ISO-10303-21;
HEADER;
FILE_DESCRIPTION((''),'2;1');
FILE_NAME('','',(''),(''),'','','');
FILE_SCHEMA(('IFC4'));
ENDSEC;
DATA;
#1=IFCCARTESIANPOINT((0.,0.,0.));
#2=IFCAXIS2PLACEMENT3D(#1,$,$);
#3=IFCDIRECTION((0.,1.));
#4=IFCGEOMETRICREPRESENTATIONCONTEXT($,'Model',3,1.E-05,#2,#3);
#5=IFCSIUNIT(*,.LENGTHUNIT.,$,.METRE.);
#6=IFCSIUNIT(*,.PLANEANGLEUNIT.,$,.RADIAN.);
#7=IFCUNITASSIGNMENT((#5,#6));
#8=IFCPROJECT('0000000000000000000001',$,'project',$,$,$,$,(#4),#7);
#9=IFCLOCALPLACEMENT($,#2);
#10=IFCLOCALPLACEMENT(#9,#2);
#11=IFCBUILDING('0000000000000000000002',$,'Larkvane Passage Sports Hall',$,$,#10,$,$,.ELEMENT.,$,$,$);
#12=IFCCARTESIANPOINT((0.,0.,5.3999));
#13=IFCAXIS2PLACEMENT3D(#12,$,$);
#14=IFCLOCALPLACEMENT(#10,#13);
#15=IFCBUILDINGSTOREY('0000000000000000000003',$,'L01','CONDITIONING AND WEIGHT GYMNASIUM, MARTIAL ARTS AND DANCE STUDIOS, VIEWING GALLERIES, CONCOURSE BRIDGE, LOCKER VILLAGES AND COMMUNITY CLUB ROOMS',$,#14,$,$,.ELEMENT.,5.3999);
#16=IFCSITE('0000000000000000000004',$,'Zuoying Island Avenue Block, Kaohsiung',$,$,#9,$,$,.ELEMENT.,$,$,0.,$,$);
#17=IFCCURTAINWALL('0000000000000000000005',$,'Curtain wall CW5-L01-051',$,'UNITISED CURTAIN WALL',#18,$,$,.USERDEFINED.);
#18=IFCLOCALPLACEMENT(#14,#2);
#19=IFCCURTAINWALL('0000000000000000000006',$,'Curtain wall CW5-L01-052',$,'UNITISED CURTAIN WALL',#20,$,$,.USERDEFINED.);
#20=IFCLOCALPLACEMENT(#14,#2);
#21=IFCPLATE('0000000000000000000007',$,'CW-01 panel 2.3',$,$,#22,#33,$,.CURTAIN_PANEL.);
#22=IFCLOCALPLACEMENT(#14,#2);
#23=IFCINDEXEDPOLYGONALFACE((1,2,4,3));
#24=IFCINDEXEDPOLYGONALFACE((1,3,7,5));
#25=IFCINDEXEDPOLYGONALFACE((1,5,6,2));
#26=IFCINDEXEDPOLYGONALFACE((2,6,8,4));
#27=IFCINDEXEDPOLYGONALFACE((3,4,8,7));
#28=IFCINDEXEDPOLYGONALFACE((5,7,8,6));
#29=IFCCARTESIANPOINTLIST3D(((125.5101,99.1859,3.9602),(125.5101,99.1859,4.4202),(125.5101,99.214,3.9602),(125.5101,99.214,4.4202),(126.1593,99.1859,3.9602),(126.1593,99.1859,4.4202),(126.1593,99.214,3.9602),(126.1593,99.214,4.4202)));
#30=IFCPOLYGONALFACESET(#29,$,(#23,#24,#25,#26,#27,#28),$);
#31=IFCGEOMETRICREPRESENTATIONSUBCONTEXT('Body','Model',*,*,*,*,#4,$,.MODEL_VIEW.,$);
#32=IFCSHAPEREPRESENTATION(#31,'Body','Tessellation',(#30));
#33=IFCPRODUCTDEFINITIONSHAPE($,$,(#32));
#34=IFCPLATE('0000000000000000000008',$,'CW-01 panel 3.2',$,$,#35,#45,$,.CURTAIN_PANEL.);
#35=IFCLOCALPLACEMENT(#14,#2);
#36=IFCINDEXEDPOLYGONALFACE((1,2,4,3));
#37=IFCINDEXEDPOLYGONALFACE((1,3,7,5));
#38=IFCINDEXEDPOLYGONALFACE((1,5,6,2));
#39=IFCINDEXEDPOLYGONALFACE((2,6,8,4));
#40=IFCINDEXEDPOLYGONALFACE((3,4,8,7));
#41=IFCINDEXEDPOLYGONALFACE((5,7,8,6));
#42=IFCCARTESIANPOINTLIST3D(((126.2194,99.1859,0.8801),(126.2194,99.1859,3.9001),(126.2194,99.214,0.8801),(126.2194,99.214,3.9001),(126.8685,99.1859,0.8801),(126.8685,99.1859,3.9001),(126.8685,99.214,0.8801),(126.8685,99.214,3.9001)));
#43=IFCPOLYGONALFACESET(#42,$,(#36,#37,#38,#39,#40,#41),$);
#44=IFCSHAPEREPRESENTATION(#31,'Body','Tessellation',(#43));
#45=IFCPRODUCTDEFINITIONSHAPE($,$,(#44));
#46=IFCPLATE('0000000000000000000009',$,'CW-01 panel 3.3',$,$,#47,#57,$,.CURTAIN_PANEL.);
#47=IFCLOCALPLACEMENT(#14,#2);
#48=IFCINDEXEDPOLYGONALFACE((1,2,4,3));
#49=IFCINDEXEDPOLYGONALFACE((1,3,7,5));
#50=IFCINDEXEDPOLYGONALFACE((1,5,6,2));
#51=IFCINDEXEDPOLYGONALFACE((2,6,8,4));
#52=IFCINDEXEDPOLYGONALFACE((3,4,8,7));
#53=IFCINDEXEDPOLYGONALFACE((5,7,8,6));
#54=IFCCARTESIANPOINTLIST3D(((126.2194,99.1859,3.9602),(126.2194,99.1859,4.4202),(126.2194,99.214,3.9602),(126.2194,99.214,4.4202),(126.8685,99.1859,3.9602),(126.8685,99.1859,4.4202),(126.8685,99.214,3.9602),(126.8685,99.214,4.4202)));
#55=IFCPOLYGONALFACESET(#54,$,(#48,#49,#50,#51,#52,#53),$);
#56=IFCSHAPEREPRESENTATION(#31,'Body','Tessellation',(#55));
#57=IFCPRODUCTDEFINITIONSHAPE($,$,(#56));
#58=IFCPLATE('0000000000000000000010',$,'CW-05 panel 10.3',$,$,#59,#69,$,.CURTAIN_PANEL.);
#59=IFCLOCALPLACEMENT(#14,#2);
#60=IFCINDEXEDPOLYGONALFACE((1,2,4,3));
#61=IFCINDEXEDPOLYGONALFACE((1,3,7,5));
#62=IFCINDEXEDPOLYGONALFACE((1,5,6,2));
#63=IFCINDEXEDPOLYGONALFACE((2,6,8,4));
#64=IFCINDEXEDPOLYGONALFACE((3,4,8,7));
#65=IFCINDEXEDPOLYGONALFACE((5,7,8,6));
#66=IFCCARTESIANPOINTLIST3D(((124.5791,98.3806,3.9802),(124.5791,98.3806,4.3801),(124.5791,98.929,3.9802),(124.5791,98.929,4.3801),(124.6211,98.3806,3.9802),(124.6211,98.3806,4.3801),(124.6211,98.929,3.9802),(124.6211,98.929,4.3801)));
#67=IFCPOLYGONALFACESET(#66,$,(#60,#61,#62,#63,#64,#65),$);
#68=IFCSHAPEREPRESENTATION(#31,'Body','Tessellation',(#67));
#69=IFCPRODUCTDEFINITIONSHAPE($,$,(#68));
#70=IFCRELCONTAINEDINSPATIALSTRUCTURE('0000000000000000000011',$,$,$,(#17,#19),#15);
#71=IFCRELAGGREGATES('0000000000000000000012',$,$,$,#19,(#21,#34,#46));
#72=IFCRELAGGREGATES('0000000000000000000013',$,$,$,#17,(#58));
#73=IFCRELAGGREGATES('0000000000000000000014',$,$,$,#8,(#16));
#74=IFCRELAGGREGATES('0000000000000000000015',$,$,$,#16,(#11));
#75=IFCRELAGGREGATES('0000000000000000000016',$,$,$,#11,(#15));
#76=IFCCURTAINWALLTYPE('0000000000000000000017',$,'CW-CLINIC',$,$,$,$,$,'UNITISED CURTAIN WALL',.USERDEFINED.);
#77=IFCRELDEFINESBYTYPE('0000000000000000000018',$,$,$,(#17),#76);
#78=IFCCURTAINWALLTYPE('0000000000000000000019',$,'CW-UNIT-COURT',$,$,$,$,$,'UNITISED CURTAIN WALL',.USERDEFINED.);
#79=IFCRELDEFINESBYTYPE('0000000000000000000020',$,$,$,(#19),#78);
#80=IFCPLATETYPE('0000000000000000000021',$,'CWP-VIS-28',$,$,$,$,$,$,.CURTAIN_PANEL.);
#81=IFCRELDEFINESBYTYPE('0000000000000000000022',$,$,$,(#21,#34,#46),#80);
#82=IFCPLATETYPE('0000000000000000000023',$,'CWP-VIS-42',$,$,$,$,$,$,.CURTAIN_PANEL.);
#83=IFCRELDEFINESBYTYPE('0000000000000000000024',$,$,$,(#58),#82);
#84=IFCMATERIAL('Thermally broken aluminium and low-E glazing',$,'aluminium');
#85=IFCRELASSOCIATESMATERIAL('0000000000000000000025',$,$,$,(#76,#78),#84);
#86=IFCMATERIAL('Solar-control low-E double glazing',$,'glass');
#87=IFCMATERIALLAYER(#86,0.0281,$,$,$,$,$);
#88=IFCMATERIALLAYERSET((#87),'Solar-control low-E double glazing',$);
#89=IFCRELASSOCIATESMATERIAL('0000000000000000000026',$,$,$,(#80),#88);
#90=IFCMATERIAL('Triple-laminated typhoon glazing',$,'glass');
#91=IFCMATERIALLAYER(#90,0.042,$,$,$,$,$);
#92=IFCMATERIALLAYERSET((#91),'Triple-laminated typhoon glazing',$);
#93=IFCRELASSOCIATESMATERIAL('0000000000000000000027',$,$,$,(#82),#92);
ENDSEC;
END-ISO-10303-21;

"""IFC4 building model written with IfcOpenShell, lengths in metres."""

from ifc_helpers import new_model, si_unit, direction, frame, origin, origin_2d, place, context, subcontext, project, spatial, rectangle, extrude, material, layer, layer_set, type_object, element, aggregate, save


model = new_model("IFC4")

# Units and contexts
model_context = context("Model", 3, precision=1e-05, world=origin(), true_north=direction((0.0, 1.0)))
body_context = subcontext(model_context, "Body", "Model", "MODEL_VIEW")
ifc_project = project(units=[si_unit("LENGTHUNIT", "METRE"), si_unit("PLANEANGLEUNIT", "RADIAN")], contexts=[model_context])

# Site, building, storey
site_placement = place(None, origin())
site = spatial("IfcSite", under=ifc_project, at=site_placement, Name="Zuoying Island Avenue Block, Kaohsiung", CompositionType="ELEMENT", RefElevation=0.0)
building_placement = place(site_placement, origin())
building = spatial("IfcBuilding", under=site, at=building_placement, Name="Larkvane Passage Sports Hall", CompositionType="ELEMENT")
storey_placement = place(building_placement, frame((0.0, 0.0, 5.3999)))
storey = spatial("IfcBuildingStorey", under=building, at=storey_placement, Name="L01", Description="CONDITIONING AND WEIGHT GYMNASIUM, MARTIAL ARTS AND DANCE STUDIOS, VIEWING GALLERIES, CONCOURSE BRIDGE, LOCKER VILLAGES AND COMMUNITY CLUB ROOMS", CompositionType="ELEMENT", Elevation=5.3999)

# Curtain wall
ifc_material_1 = material(Name="Thermally broken aluminium and low-E glazing", Category="aluminium")
curtain_wall_type_1 = type_object("IfcCurtainWallType", Name="CW-CLINIC", ElementType="UNITISED CURTAIN WALL", PredefinedType="USERDEFINED", material=ifc_material_1)
curtain_wall_1_placement = place(storey_placement, origin())
curtain_wall_1 = element("IfcCurtainWall", 1, at=curtain_wall_1_placement, inside=storey, type_object=curtain_wall_type_1, Name="Curtain wall CW5-L01-051", ObjectType="UNITISED CURTAIN WALL", PredefinedType="USERDEFINED")

# Curtain wall
curtain_wall_type_2 = type_object("IfcCurtainWallType", Name="CW-UNIT-COURT", ElementType="UNITISED CURTAIN WALL", PredefinedType="USERDEFINED", material=ifc_material_1)
curtain_wall_2_placement = place(storey_placement, origin())
curtain_wall_2 = element("IfcCurtainWall", 2, at=curtain_wall_2_placement, inside=storey, type_object=curtain_wall_type_2, Name="Curtain wall CW5-L01-052", ObjectType="UNITISED CURTAIN WALL", PredefinedType="USERDEFINED")

# Plates
ifc_material_2 = material(Name="Solar-control low-E double glazing", Category="glass")
ifc_layer_1 = layer(ifc_material_2, 0.0281)
ifc_layer_set_1 = layer_set([ifc_layer_1], Name="Solar-control low-E double glazing")
plate_type_1 = type_object("IfcPlateType", Name="CWP-VIS-28", PredefinedType="CURTAIN_PANEL", material=ifc_layer_set_1)
plate_1_placement = place(storey_placement, frame((125.8347, 99.2, 3.9602), z_axis=(0.0, 0.0, 1.0), x_axis=(1.0, 0.0, 0.0)))
plate_1 = element("IfcPlate", 3, at=plate_1_placement, type_object=plate_type_1, Name="CW-01 panel 2.3", PredefinedType="CURTAIN_PANEL", context=body_context, shape_type="SweptSolid", body=[
    extrude(rectangle(XDim=0.6492, YDim=0.0281, at=origin_2d()), origin(), (0.0, 0.0, 1.0), 0.46),
])
plate_2_placement = place(storey_placement, frame((126.5439, 99.2, 0.8801), z_axis=(0.0, 0.0, 1.0), x_axis=(1.0, 0.0, 0.0)))
plate_2 = element("IfcPlate", 4, at=plate_2_placement, type_object=plate_type_1, Name="CW-01 panel 3.2", PredefinedType="CURTAIN_PANEL", context=body_context, shape_type="SweptSolid", body=[
    extrude(rectangle(XDim=0.6492, YDim=0.0281, at=origin_2d()), origin(), (0.0, 0.0, 1.0), 3.02),
])
plate_3_placement = place(storey_placement, frame((126.5439, 99.2, 3.9602), z_axis=(0.0, 0.0, 1.0), x_axis=(1.0, 0.0, 0.0)))
plate_3 = element("IfcPlate", 5, at=plate_3_placement, type_object=plate_type_1, Name="CW-01 panel 3.3", PredefinedType="CURTAIN_PANEL", context=body_context, shape_type="SweptSolid", body=[
    extrude(rectangle(XDim=0.6492, YDim=0.0281, at=origin_2d()), origin(), (0.0, 0.0, 1.0), 0.46),
])
aggregate(curtain_wall_2, [plate_1, plate_2, plate_3])
ifc_material_3 = material(Name="Triple-laminated typhoon glazing", Category="glass")
ifc_layer_2 = layer(ifc_material_3, 0.042)
ifc_layer_set_2 = layer_set([ifc_layer_2], Name="Triple-laminated typhoon glazing")
plate_type_2 = type_object("IfcPlateType", Name="CWP-VIS-42", PredefinedType="CURTAIN_PANEL", material=ifc_layer_set_2)
plate_4_placement = place(storey_placement, frame((124.6001, 98.6548, 3.9802), z_axis=(0.0, 0.0, 1.0), x_axis=(0.0, 1.0, 0.0)))
plate_4 = element("IfcPlate", 6, at=plate_4_placement, type_object=plate_type_2, Name="CW-05 panel 10.3", PredefinedType="CURTAIN_PANEL", context=body_context, shape_type="SweptSolid", body=[
    extrude(rectangle(XDim=0.5483, YDim=0.042, at=origin_2d()), origin(), (0.0, 0.0, 1.0), 0.3999),
])
aggregate(curtain_wall_1, [plate_4])

save(model, "model.ifc")
